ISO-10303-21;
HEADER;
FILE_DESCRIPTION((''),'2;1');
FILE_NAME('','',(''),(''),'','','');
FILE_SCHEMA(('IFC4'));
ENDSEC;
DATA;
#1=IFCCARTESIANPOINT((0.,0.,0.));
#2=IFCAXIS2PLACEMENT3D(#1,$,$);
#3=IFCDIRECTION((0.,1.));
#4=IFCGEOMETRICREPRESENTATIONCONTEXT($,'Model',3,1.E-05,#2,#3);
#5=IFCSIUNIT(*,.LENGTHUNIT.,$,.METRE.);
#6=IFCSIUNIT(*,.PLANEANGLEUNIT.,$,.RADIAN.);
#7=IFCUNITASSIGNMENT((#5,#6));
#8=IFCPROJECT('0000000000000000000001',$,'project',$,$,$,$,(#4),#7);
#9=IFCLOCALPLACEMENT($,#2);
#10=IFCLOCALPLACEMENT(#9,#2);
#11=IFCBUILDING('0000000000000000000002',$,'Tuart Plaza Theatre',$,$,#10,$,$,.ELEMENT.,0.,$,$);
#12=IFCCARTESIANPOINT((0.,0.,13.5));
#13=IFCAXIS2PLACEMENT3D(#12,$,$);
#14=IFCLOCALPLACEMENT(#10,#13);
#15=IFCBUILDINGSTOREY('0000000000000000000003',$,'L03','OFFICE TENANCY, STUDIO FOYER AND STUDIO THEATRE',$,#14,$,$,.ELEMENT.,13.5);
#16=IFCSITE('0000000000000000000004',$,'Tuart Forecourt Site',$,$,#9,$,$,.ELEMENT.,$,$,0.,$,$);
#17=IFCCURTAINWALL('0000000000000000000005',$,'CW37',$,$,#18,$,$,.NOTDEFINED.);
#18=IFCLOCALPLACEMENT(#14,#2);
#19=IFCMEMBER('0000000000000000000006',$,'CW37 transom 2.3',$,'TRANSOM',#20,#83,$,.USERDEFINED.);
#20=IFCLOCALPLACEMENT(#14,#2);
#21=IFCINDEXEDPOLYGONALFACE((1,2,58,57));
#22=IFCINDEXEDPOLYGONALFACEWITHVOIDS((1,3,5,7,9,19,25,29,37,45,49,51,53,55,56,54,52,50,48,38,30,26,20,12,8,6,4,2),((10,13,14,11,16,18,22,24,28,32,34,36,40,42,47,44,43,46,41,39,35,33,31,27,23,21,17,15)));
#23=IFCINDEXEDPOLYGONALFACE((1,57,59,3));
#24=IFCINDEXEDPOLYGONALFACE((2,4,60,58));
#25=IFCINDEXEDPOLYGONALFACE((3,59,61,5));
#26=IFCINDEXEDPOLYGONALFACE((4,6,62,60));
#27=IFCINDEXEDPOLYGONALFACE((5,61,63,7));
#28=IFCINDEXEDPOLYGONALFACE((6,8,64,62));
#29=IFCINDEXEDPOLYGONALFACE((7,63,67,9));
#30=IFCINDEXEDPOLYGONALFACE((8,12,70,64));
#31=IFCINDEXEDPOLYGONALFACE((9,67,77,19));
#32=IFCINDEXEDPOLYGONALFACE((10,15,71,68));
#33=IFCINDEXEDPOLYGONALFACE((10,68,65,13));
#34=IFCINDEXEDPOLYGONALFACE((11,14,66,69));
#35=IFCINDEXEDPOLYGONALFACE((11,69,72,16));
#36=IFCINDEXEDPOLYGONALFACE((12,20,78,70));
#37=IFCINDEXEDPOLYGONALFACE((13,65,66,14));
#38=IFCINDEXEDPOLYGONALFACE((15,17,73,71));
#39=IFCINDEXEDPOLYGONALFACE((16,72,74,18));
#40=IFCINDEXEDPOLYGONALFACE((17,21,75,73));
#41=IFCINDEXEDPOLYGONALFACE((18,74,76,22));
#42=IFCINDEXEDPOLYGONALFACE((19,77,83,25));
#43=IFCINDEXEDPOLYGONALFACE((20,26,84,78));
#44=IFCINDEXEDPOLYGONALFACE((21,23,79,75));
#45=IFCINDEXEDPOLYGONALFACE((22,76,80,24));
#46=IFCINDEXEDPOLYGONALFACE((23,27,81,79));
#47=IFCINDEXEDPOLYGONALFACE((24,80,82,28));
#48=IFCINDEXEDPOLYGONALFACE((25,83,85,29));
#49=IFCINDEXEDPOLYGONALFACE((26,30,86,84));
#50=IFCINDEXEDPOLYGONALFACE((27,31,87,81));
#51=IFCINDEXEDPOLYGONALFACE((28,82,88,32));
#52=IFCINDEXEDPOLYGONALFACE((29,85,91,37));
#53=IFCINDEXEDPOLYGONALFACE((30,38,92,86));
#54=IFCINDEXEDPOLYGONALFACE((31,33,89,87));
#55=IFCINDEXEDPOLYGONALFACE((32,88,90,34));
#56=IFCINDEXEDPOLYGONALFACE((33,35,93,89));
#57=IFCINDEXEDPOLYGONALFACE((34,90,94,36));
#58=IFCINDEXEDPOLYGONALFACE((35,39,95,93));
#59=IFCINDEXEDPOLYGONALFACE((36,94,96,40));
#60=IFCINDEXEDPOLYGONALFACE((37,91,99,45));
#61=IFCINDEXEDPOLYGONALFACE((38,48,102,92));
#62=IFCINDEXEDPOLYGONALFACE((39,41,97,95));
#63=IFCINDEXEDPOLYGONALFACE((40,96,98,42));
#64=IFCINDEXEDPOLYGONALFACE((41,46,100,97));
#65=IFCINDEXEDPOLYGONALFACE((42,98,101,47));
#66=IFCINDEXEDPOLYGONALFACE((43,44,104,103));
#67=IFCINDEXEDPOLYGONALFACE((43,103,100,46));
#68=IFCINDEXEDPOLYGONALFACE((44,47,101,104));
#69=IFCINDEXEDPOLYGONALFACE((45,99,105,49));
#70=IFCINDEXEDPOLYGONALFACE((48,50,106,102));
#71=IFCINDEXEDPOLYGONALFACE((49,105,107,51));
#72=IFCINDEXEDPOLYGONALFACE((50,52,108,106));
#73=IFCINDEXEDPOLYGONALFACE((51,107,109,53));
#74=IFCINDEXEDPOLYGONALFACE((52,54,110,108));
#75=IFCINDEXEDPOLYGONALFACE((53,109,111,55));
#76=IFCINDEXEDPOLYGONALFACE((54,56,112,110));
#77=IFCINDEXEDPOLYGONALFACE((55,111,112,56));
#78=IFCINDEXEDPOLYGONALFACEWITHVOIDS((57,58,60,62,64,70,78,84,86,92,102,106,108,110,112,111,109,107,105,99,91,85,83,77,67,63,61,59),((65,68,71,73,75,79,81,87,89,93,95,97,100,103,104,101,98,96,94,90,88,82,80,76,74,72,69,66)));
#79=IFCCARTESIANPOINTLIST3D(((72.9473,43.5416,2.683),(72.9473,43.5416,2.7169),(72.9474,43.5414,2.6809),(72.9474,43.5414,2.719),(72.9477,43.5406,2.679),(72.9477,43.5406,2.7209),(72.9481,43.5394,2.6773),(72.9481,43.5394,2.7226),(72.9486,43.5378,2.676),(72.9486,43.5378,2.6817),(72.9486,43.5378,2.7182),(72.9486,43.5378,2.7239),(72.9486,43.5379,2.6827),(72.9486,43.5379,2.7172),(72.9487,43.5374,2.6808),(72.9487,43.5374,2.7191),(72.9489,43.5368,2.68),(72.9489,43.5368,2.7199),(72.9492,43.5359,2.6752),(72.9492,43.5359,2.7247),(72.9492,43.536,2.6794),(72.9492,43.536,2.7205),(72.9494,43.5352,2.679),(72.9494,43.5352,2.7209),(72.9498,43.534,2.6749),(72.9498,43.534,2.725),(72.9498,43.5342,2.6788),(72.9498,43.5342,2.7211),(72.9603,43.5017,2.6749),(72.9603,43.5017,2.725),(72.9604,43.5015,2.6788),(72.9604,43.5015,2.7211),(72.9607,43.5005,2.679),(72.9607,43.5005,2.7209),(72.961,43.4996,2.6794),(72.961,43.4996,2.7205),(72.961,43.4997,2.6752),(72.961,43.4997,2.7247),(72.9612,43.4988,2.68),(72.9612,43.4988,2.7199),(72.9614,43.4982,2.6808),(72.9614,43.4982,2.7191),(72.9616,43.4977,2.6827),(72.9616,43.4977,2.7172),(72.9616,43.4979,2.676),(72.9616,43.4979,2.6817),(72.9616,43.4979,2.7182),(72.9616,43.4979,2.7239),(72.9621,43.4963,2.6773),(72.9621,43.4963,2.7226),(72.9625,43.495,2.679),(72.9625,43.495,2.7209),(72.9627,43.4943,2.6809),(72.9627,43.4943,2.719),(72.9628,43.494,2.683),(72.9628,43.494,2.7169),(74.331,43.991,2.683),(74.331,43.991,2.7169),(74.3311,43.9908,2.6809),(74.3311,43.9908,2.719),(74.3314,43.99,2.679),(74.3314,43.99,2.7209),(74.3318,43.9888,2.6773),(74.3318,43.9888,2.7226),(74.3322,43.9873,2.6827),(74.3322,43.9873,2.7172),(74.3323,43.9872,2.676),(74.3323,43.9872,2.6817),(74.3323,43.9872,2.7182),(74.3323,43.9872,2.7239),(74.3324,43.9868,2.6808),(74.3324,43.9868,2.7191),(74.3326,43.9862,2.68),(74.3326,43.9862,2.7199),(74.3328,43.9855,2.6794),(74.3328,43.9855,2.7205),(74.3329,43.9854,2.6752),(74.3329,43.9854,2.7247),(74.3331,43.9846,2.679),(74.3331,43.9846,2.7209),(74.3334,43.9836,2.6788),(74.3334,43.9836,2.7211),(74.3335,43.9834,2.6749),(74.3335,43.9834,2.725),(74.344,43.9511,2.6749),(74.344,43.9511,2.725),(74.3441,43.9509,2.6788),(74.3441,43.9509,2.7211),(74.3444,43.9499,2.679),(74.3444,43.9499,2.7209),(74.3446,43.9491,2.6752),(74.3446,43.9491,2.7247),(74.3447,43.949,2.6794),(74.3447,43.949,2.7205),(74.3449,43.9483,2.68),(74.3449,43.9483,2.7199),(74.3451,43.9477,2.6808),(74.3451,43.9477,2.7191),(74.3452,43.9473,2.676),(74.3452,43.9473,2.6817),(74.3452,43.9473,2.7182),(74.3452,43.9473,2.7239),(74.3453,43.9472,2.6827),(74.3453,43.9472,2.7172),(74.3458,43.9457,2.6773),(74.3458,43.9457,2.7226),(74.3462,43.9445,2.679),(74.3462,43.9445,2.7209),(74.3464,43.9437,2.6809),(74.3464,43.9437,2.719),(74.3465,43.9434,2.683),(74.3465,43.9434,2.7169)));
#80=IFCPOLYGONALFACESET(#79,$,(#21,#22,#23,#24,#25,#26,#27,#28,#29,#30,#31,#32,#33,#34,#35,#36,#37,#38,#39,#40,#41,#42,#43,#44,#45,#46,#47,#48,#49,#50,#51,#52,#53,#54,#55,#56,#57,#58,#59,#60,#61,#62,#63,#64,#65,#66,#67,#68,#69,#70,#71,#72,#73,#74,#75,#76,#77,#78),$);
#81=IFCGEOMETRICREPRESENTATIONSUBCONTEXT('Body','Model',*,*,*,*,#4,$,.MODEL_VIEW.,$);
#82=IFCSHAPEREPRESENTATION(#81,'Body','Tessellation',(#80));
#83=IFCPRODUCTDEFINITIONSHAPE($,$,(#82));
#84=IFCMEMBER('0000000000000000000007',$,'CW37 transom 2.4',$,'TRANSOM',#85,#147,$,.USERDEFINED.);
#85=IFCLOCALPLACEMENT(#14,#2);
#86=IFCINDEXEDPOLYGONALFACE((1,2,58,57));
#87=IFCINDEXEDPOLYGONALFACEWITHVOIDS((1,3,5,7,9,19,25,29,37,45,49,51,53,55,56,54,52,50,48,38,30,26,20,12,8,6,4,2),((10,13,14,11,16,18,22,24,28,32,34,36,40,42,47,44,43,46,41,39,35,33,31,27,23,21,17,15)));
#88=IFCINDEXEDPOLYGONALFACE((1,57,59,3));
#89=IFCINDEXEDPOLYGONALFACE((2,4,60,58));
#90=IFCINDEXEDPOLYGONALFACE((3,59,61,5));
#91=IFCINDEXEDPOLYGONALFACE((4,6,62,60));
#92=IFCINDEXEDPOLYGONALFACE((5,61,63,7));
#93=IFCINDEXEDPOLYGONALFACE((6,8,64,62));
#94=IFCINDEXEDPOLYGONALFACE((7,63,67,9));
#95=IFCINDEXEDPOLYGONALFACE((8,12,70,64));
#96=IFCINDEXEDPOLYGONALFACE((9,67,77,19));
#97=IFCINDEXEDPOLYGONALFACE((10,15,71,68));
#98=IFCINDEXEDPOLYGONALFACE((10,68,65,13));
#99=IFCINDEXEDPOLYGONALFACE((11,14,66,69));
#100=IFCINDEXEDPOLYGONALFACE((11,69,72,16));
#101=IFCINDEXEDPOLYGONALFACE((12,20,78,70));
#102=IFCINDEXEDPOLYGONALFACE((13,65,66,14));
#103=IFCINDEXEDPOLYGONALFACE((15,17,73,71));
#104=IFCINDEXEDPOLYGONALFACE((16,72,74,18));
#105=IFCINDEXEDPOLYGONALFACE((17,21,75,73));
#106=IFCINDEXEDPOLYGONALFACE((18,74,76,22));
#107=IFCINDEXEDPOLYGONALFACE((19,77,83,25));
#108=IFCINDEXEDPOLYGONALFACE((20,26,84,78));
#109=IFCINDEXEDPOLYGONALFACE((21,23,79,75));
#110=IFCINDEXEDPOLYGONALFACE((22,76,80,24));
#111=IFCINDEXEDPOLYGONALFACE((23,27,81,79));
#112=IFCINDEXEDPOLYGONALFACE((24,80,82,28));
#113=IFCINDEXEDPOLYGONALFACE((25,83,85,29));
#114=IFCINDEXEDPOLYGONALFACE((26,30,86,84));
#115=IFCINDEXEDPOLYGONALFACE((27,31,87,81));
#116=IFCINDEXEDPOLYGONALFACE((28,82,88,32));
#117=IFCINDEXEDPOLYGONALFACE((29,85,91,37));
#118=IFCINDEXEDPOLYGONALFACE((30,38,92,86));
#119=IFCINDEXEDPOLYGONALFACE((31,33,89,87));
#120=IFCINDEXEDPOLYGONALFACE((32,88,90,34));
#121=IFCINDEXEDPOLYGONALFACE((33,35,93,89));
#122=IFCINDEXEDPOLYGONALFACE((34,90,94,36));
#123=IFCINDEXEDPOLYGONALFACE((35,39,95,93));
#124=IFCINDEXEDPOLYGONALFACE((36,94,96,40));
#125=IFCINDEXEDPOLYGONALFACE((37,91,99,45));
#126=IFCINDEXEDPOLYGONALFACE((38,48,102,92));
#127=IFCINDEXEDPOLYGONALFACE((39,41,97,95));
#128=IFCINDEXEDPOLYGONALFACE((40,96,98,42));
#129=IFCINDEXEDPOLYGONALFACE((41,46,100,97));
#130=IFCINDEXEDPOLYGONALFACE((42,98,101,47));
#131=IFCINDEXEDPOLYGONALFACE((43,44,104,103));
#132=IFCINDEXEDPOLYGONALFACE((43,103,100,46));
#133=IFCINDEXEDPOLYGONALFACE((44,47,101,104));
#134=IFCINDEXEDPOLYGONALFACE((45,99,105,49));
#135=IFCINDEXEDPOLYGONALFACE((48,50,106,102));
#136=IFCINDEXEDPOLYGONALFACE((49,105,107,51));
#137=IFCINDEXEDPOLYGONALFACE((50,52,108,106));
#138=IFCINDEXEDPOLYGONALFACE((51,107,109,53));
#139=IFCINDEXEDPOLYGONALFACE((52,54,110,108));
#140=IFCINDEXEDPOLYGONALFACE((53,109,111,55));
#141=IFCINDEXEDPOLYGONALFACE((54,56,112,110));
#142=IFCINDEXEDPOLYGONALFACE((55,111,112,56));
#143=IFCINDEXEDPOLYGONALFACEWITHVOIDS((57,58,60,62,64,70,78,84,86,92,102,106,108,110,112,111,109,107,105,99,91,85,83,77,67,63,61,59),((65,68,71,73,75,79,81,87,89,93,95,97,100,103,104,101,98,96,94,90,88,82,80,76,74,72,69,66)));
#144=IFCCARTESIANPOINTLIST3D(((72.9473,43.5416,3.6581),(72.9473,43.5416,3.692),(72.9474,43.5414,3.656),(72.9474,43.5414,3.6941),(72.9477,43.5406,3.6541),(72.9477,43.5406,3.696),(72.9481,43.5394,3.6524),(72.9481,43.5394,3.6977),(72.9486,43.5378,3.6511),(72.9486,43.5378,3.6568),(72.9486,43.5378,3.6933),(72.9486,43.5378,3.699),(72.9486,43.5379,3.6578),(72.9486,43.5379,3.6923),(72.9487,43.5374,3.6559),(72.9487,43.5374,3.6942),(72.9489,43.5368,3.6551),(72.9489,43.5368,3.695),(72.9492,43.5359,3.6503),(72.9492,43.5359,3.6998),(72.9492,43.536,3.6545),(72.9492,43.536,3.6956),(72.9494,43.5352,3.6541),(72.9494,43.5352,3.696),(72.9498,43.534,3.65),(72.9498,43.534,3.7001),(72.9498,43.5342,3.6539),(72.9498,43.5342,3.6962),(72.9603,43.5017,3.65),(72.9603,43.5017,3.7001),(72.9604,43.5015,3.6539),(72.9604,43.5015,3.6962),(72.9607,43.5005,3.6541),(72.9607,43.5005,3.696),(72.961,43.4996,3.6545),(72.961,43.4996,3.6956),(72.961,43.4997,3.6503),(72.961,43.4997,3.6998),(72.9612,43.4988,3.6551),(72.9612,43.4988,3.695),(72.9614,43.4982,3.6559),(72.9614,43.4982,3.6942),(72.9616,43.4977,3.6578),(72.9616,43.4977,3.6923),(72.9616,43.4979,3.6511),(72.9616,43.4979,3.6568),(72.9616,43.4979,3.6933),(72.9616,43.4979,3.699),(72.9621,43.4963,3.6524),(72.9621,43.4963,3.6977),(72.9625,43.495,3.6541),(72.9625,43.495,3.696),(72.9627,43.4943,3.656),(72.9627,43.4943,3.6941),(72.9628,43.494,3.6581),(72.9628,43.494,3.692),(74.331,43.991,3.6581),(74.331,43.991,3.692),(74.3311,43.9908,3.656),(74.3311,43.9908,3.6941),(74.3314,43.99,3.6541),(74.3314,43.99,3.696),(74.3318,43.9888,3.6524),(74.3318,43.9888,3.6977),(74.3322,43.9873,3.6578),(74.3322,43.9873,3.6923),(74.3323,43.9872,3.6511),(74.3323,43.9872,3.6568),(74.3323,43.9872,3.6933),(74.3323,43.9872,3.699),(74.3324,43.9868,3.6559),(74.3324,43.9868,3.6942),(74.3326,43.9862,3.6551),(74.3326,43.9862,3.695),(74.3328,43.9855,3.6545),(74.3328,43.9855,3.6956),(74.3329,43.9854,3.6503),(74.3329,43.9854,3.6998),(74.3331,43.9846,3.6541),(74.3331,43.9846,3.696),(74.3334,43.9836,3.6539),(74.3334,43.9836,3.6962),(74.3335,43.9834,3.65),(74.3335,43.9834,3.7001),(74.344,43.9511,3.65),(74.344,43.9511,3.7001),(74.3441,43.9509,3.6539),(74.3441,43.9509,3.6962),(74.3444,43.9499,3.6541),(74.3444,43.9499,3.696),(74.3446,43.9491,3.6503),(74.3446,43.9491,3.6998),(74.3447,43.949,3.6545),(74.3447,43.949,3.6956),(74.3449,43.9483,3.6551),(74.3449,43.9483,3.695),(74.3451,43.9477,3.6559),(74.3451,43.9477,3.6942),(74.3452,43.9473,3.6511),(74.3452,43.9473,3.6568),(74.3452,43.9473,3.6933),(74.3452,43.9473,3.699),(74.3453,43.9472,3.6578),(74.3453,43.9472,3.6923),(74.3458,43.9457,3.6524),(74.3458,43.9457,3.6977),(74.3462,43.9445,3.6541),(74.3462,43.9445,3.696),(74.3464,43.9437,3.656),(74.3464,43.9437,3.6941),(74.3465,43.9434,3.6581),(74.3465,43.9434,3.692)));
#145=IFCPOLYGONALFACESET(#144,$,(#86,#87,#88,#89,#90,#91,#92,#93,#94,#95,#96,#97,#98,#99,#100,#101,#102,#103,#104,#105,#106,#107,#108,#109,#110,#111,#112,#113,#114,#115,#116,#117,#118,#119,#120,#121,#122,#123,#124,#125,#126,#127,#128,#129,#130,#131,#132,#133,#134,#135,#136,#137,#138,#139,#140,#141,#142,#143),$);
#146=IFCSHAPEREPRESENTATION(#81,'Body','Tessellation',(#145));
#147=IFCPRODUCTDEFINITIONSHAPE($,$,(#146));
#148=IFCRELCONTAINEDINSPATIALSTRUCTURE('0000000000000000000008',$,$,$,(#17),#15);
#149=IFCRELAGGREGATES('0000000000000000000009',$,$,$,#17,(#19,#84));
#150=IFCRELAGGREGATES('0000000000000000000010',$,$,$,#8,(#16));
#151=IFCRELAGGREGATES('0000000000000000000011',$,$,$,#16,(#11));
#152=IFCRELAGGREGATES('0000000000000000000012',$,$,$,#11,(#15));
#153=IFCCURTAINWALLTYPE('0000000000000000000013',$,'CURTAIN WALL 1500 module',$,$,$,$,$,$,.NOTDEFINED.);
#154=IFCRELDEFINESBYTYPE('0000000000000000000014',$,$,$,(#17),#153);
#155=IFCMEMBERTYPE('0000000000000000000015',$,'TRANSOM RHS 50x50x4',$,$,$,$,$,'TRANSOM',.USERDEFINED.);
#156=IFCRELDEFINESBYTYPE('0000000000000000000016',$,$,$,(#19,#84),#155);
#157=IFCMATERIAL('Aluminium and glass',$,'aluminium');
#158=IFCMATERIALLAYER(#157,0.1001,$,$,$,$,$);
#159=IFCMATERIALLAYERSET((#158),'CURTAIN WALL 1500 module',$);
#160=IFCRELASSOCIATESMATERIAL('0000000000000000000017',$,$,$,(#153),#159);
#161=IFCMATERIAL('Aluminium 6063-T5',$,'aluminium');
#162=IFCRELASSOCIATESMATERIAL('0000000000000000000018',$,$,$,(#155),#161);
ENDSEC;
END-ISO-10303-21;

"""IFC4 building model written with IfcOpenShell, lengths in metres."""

from ifc_helpers import new_model, si_unit, direction, frame, origin, origin_2d, place, context, subcontext, project, spatial, hollow_rectangle, extrude, material, layer, layer_set, material_profile, profile_set, type_object, element, aggregate, save


model = new_model("IFC4")

# Units and contexts
model_context = context("Model", 3, precision=1e-05, world=origin(), true_north=direction((0.0, 1.0)))
body_context = subcontext(model_context, "Body", "Model", "MODEL_VIEW")
ifc_project = project(units=[si_unit("LENGTHUNIT", "METRE"), si_unit("PLANEANGLEUNIT", "RADIAN")], contexts=[model_context])

# Site, building, storey
site_placement = place(None, origin())
site = spatial("IfcSite", under=ifc_project, at=site_placement, Name="Tuart Forecourt Site", CompositionType="ELEMENT", RefElevation=0.0)
building_placement = place(site_placement, origin())
building = spatial("IfcBuilding", under=site, at=building_placement, Name="Tuart Plaza Theatre", CompositionType="ELEMENT", ElevationOfRefHeight=0.0)
storey_placement = place(building_placement, frame((0.0, 0.0, 13.5)))
storey = spatial("IfcBuildingStorey", under=building, at=storey_placement, Name="L03", Description="OFFICE TENANCY, STUDIO FOYER AND STUDIO THEATRE", CompositionType="ELEMENT", Elevation=13.5)

# Curtain wall
ifc_material_1 = material(Name="Aluminium and glass", Category="aluminium")
ifc_layer_1 = layer(ifc_material_1, 0.1001)
ifc_layer_set_1 = layer_set([ifc_layer_1], Name="CURTAIN WALL 1500 module")
curtain_wall_type = type_object("IfcCurtainWallType", Name="CURTAIN WALL 1500 module", PredefinedType="NOTDEFINED", material=ifc_layer_set_1)
curtain_wall_1_placement = place(storey_placement, origin())
curtain_wall_1 = element("IfcCurtainWall", 1, at=curtain_wall_1_placement, inside=storey, type_object=curtain_wall_type, Name="CW37", PredefinedType="NOTDEFINED")

# Members
ifc_material_2 = material(Name="Aluminium 6063-T5", Category="aluminium")
ifc_material_profile_1 = material_profile(ifc_material_2, hollow_rectangle(XDim=0.05, YDim=0.05, WallThickness=0.0039, InnerFilletRadius=0.0039, OuterFilletRadius=0.0081, at=origin_2d()), Name="RHS 50x50x4")
ifc_profile_set_1 = profile_set([ifc_material_profile_1], Name="Aluminium 6063-T5")
member_type_1 = type_object("IfcMemberType", Name="TRANSOM RHS 50x50x4", ElementType="TRANSOM", PredefinedType="USERDEFINED", material=ifc_profile_set_1)
member_1_placement = place(storey_placement, frame((72.9551, 43.5178, 2.7), z_axis=(0.951088, 0.308919, 0.0), x_axis=(-0.308919, 0.951088, 0.0)))
member_1 = element("IfcMember", 2, at=member_1_placement, type_object=member_type_1, Name="CW37 transom 2.3", ObjectType="TRANSOM", PredefinedType="USERDEFINED", context=body_context, shape_type="SweptSolid", body=[
    extrude(hollow_rectangle(XDim=0.05, YDim=0.05, WallThickness=0.0039, InnerFilletRadius=0.0039, OuterFilletRadius=0.0081, at=origin_2d()), origin(), (0.0, 0.0, 1.0), 1.4548),
])
member_2_placement = place(storey_placement, frame((72.9551, 43.5178, 3.675), z_axis=(0.951088, 0.308919, 0.0), x_axis=(-0.308919, 0.951088, 0.0)))
member_2 = element("IfcMember", 3, at=member_2_placement, type_object=member_type_1, Name="CW37 transom 2.4", ObjectType="TRANSOM", PredefinedType="USERDEFINED", context=body_context, shape_type="SweptSolid", body=[
    extrude(hollow_rectangle(XDim=0.05, YDim=0.05, WallThickness=0.0039, InnerFilletRadius=0.0039, OuterFilletRadius=0.0081, at=origin_2d()), origin(), (0.0, 0.0, 1.0), 1.4548),
])

aggregate(curtain_wall_1, [member_1, member_2])

save(model, "model.ifc")
